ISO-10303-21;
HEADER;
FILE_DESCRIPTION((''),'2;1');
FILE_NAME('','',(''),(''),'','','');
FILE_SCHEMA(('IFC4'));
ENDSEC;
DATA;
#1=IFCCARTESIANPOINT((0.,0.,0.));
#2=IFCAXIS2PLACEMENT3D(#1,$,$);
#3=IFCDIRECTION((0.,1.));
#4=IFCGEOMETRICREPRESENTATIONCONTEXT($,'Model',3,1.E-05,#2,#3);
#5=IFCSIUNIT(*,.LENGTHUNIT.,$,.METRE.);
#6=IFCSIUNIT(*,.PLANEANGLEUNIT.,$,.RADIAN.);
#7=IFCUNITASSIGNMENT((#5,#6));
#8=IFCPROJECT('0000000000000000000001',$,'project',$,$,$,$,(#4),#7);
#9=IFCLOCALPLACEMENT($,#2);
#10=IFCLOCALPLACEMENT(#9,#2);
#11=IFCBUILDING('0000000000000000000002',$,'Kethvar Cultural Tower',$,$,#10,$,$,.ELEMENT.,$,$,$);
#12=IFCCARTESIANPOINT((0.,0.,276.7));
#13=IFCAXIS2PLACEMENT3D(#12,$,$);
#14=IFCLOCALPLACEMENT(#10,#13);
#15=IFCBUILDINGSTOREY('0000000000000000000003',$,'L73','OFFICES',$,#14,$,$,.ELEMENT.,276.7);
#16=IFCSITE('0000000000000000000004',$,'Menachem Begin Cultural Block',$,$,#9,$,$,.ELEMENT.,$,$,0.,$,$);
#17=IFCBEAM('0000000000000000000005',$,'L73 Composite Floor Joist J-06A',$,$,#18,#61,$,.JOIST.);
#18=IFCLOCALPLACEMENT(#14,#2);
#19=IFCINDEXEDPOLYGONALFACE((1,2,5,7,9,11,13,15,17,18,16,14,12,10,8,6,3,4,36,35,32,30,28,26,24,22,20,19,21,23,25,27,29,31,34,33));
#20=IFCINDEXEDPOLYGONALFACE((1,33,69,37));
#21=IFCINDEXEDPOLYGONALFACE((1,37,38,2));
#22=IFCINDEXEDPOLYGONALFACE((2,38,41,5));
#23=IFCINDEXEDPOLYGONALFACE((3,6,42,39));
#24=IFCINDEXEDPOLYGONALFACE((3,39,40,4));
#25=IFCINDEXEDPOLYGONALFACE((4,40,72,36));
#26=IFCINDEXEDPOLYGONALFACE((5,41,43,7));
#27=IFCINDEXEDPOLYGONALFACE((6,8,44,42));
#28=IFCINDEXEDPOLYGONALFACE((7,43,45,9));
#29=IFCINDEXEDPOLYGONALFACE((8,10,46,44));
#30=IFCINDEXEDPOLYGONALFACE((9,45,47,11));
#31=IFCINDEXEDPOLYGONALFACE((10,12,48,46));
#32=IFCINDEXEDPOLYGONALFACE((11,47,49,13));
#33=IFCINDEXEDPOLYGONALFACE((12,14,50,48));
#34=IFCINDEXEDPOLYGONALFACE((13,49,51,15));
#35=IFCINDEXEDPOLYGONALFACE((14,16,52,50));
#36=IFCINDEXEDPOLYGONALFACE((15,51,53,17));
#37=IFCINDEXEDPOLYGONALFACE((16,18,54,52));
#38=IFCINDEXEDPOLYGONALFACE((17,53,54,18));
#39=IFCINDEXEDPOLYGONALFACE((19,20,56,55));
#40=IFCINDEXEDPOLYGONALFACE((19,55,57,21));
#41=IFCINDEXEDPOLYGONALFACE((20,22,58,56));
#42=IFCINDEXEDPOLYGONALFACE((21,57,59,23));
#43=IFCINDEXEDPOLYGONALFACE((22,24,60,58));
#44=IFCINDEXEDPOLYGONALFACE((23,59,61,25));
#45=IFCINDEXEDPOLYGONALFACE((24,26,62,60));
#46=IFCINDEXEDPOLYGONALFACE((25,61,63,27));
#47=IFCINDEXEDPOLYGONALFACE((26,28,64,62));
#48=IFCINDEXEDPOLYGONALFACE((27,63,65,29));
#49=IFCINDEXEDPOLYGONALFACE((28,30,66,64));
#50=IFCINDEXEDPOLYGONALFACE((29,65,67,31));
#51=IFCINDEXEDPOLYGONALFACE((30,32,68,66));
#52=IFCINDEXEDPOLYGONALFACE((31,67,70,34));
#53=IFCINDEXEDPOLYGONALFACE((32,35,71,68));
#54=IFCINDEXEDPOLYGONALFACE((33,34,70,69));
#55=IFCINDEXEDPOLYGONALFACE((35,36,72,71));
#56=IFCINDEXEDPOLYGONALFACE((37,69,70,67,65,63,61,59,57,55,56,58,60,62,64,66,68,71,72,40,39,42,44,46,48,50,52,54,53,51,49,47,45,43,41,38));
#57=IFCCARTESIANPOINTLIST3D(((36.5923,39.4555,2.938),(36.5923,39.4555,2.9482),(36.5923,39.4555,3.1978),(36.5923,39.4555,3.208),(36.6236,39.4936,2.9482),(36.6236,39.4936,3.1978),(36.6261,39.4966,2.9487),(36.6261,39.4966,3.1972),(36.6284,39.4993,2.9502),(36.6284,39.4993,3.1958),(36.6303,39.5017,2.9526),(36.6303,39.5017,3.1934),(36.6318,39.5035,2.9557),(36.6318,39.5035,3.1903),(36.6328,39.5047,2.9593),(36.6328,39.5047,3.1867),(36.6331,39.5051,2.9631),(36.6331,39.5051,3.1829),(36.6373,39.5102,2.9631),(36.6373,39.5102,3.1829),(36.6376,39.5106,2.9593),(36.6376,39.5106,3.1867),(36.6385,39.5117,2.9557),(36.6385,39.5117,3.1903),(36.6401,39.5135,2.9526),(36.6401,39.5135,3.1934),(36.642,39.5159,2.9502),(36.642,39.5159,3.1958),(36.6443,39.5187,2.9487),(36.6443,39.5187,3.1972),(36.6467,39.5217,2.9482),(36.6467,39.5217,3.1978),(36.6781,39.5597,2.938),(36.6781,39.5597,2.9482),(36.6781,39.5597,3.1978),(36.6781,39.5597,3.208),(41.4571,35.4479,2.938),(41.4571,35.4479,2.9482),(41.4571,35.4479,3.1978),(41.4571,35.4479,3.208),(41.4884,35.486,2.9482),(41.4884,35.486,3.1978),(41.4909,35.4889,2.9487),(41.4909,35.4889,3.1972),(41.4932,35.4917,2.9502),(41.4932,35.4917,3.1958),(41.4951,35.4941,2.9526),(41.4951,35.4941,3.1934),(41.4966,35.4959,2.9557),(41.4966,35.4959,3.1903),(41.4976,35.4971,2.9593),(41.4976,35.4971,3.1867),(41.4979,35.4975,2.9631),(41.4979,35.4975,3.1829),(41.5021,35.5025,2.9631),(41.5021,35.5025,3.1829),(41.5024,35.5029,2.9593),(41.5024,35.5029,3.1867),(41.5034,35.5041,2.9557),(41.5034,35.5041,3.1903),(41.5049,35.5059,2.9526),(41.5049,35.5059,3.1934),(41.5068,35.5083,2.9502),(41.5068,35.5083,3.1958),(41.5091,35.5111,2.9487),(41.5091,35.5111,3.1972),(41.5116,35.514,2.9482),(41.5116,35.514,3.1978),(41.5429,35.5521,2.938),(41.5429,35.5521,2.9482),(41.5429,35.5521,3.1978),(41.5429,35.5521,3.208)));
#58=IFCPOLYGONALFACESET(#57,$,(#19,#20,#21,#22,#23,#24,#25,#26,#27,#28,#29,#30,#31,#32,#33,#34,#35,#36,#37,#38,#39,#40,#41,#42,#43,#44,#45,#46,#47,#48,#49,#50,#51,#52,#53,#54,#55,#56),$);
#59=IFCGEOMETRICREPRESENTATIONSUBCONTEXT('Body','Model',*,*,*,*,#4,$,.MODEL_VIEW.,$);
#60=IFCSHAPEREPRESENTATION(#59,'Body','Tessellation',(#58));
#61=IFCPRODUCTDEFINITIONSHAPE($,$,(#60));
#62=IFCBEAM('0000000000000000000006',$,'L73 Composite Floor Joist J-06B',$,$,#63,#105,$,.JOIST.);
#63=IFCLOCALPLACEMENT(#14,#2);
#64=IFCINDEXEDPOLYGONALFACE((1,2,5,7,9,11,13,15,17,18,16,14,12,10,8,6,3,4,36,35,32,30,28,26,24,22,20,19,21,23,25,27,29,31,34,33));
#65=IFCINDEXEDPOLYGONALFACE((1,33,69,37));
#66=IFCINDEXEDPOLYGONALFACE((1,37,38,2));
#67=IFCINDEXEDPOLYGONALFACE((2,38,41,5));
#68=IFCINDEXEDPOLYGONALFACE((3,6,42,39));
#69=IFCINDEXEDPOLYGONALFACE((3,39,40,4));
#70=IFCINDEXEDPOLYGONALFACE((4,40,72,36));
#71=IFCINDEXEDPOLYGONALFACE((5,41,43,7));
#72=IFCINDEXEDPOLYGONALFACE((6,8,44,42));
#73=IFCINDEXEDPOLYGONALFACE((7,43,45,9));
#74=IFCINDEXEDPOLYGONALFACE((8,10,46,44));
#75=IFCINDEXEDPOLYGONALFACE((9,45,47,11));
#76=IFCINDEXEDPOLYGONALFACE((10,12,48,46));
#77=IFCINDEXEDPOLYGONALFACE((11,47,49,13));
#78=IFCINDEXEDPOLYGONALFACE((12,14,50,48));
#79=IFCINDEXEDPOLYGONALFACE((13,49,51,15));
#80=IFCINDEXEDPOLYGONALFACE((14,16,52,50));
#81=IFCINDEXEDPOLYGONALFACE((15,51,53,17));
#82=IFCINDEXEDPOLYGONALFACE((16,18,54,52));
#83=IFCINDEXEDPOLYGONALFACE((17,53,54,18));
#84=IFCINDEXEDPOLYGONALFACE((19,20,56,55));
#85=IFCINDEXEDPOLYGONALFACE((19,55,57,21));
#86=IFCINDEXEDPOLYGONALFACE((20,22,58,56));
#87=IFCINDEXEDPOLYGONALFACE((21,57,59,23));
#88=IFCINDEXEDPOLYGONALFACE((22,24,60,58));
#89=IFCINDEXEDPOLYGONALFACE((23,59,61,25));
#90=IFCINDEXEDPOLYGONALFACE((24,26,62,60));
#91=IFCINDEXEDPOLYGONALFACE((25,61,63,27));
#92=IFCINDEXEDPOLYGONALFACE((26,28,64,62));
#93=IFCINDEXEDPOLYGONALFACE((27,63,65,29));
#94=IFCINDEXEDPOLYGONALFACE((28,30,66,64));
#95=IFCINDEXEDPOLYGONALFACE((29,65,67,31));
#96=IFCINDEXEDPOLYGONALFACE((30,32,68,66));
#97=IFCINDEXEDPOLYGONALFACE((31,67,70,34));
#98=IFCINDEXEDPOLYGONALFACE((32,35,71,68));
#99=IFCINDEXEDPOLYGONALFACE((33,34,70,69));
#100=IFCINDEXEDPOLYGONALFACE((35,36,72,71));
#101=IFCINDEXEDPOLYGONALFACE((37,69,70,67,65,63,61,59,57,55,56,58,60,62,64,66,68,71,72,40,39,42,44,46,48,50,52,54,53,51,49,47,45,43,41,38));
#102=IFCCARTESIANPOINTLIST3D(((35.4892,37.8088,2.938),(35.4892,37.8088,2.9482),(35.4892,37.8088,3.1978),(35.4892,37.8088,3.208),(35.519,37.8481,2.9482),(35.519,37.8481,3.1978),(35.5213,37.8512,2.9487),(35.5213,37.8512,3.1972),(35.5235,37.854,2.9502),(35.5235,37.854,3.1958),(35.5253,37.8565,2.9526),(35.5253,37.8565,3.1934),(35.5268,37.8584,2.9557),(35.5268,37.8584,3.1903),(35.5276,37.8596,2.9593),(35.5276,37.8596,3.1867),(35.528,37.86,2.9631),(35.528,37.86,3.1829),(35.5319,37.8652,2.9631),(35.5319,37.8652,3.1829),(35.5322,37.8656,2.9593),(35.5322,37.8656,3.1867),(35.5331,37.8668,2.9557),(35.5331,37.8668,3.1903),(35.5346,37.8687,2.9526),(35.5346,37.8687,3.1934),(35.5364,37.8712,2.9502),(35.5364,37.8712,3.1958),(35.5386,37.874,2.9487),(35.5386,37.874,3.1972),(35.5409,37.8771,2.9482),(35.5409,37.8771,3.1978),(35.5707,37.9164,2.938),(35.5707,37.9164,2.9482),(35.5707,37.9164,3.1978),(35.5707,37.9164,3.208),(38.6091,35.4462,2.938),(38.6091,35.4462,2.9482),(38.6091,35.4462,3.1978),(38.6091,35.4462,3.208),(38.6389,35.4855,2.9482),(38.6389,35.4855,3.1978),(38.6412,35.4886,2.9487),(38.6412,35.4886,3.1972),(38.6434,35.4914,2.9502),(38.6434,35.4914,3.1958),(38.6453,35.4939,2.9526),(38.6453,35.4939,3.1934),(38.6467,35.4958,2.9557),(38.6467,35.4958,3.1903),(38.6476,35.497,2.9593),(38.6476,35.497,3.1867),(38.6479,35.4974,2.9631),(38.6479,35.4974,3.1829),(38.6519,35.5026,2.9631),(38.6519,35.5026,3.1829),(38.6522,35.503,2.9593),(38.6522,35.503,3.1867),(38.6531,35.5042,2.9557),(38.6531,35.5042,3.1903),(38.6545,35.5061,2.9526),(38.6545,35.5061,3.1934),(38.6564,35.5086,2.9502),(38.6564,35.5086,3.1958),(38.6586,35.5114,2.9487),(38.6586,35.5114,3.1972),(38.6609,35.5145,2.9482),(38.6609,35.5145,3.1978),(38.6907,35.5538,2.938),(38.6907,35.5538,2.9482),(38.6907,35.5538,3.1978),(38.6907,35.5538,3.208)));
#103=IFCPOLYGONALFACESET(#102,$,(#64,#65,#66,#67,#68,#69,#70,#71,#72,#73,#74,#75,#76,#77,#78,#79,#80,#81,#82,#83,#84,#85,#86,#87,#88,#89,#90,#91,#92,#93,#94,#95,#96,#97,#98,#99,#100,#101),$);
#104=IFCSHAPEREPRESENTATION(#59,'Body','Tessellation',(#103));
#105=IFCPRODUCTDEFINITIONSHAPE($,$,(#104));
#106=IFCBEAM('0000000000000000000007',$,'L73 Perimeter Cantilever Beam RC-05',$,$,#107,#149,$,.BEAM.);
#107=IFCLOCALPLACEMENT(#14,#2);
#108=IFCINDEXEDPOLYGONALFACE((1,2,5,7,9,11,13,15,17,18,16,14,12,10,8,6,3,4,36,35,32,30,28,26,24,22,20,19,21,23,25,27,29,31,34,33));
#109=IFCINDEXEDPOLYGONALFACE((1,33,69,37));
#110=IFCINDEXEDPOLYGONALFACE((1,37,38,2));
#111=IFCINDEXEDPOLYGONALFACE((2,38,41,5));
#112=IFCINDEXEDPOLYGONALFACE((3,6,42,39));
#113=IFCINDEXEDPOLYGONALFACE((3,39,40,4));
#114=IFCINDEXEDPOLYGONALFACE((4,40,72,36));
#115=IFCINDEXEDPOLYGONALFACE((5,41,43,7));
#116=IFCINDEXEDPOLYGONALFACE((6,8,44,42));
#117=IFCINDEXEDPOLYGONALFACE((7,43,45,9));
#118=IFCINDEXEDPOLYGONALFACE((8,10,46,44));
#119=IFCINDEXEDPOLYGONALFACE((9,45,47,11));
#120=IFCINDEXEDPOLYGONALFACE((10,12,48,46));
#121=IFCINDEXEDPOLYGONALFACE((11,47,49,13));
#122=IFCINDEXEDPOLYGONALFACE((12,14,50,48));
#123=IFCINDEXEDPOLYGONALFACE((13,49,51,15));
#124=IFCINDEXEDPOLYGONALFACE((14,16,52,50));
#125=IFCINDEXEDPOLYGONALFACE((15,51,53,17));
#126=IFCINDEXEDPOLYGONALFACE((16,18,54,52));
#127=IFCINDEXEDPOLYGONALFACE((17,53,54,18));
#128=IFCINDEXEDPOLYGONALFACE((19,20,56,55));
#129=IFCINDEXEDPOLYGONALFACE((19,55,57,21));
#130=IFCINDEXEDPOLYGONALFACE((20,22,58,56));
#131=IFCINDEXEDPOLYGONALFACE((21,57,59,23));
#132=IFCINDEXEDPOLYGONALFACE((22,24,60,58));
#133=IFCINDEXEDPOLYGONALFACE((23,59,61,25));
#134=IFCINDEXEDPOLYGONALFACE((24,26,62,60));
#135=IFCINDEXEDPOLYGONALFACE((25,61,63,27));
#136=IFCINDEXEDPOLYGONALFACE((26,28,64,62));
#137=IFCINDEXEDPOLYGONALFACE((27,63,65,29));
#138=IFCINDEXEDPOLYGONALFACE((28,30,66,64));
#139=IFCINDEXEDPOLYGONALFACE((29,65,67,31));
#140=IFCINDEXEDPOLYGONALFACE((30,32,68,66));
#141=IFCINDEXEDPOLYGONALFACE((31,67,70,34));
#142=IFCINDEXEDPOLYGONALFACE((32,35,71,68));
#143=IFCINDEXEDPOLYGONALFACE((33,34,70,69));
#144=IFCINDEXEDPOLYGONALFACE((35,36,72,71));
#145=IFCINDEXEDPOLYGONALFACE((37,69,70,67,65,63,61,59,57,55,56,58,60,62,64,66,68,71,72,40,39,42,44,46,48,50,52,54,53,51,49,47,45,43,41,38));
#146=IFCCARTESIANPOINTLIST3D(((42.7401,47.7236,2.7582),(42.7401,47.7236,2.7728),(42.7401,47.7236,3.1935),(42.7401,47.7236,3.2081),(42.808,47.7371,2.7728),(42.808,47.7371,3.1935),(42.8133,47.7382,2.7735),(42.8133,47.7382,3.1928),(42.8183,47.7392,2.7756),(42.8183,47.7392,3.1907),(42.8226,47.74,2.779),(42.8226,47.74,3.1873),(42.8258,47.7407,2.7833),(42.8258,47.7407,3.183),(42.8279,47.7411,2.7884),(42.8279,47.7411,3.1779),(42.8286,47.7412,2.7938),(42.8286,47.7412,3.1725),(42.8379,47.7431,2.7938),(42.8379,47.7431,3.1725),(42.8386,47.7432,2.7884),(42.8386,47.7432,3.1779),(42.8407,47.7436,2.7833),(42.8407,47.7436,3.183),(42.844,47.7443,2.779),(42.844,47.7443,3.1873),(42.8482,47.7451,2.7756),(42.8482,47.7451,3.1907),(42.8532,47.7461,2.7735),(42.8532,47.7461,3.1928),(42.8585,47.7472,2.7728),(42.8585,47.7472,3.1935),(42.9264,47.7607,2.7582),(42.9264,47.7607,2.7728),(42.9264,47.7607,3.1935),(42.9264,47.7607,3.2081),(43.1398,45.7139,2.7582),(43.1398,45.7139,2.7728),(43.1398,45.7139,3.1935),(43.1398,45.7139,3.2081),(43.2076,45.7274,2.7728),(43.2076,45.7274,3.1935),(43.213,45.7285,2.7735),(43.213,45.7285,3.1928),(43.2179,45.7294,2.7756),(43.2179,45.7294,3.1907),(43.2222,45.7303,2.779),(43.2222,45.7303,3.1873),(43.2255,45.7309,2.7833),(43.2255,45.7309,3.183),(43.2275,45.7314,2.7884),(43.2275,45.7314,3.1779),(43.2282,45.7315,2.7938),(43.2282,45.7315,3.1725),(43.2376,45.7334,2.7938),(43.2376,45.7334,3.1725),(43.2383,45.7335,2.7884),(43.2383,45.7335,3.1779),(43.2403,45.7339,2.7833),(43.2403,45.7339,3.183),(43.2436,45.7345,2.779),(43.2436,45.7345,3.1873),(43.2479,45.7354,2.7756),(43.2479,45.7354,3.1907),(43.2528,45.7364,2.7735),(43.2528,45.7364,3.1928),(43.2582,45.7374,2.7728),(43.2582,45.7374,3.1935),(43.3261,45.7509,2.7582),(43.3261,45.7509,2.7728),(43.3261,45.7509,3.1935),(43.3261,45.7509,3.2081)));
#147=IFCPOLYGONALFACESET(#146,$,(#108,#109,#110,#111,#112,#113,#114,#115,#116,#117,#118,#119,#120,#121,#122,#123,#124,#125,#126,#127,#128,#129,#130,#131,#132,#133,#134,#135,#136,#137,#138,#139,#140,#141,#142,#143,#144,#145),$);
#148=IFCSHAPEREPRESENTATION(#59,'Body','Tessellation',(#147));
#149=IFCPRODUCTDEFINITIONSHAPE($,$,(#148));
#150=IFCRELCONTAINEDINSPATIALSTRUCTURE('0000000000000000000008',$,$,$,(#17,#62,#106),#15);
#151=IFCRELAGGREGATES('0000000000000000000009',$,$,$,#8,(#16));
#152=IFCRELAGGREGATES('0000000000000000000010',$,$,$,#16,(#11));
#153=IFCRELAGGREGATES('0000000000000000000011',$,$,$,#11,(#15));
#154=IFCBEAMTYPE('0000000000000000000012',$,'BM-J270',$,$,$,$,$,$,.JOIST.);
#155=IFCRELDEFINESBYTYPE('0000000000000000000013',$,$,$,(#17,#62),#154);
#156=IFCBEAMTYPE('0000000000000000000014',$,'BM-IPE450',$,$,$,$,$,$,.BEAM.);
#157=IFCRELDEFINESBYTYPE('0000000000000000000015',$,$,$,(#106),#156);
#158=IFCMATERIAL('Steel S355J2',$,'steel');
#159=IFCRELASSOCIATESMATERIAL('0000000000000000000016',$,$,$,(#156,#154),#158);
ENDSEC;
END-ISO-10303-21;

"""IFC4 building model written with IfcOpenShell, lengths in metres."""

from ifc_helpers import new_model, si_unit, direction, frame, origin, origin_2d, place, context, subcontext, project, spatial, i_section, extrude, source, transform, mapped, material, material_profile, profile_set, type_object, element, save


model = new_model("IFC4")

# Units and contexts
model_context = context("Model", 3, precision=1e-05, world=origin(), true_north=direction((0.0, 1.0)))
body_context = subcontext(model_context, "Body", "Model", "MODEL_VIEW")
ifc_project = project(units=[si_unit("LENGTHUNIT", "METRE"), si_unit("PLANEANGLEUNIT", "RADIAN")], contexts=[model_context])

# Site, building, storey
site_placement = place(None, origin())
site = spatial("IfcSite", under=ifc_project, at=site_placement, Name="Menachem Begin Cultural Block", CompositionType="ELEMENT", RefElevation=0.0)
building_placement = place(site_placement, origin())
building = spatial("IfcBuilding", under=site, at=building_placement, Name="Kethvar Cultural Tower", CompositionType="ELEMENT")
storey_placement = place(building_placement, frame((0.0, 0.0, 276.7)))
storey = spatial("IfcBuildingStorey", under=building, at=storey_placement, Name="L73", Description="OFFICES", CompositionType="ELEMENT", Elevation=276.7)

# Shared definitions
ifc_material_1 = material(Name="Steel S355J2", Category="steel")

# Beams
ifc_material_profile_1 = material_profile(ifc_material_1, i_section(OverallWidth=0.1899, OverallDepth=0.45, WebThickness=0.0095, FlangeThickness=0.0146, FilletRadius=0.021, at=origin_2d()), Name="Steel S355J2 — IPE450")
ifc_profile_set_1 = profile_set([ifc_material_profile_1], Name="Steel S355J2 — IPE450")
beam_type_1 = type_object("IfcBeamType", Name="BM-IPE450", PredefinedType="BEAM", material=ifc_profile_set_1)
ifc_material_profile_2 = material_profile(ifc_material_1, i_section(OverallWidth=0.135, OverallDepth=0.27, WebThickness=0.0066, FlangeThickness=0.0103, FilletRadius=0.0149, at=origin_2d()), Name="Steel S355J2 — IPE270")
ifc_profile_set_2 = profile_set([ifc_material_profile_2], Name="Steel S355J2 — IPE270")
beam_type_2 = type_object("IfcBeamType", Name="BM-J270", PredefinedType="JOIST", material=ifc_profile_set_2)
shared_shape_1 = source(origin(), body_context, "Body", "SweptSolid", [
    extrude(i_section(OverallWidth=0.135, OverallDepth=0.27, WebThickness=0.0066, FlangeThickness=0.0103, FilletRadius=0.0149, at=origin_2d()), origin(), (0.0, 0.0, 1.0), 6.303),
])
beam_1_placement = place(storey_placement, frame((41.5, 35.5, 3.073), z_axis=(-0.771828, 0.635831, 0.0), x_axis=(-0.635831, -0.771828, 0.0)))
element("IfcBeam", 1, at=beam_1_placement, inside=storey, type_object=beam_type_2, Name="L73 Composite Floor Joist J-06A", PredefinedType="JOIST", context=body_context, shape_type="MappedRepresentation", body=[
    mapped(shared_shape_1, transform((0.0, 0.0, 0.0), scale=1.0)),
])
shared_shape_2 = source(origin(), body_context, "Body", "SweptSolid", [
    extrude(i_section(OverallWidth=0.135, OverallDepth=0.27, WebThickness=0.0066, FlangeThickness=0.0103, FilletRadius=0.0149, at=origin_2d()), origin(), (0.0, 0.0, 1.0), 3.9136),
])
beam_2_placement = place(storey_placement, frame((38.6499, 35.5, 3.073), z_axis=(-0.797214, 0.603697, 0.0), x_axis=(-0.603697, -0.797214, 0.0)))
element("IfcBeam", 2, at=beam_2_placement, inside=storey, type_object=beam_type_2, Name="L73 Composite Floor Joist J-06B", PredefinedType="JOIST", context=body_context, shape_type="MappedRepresentation", body=[
    mapped(shared_shape_2, transform((0.0, 0.0, 0.0), scale=1.0)),
])
shared_shape_3 = source(origin(), body_context, "Body", "SweptSolid", [
    extrude(i_section(OverallWidth=0.1899, OverallDepth=0.45, WebThickness=0.0095, FlangeThickness=0.0146, FilletRadius=0.021, at=origin_2d()), origin(), (0.0, 0.0, 1.0), 2.0491),
])
beam_3_placement = place(storey_placement, frame((43.2329, 45.7324, 2.9832), z_axis=(-0.195039, 0.980795, 0.0), x_axis=(-0.980795, -0.195039, 0.0)))
element("IfcBeam", 3, at=beam_3_placement, inside=storey, type_object=beam_type_1, Name="L73 Perimeter Cantilever Beam RC-05", PredefinedType="BEAM", context=body_context, shape_type="MappedRepresentation", body=[
    mapped(shared_shape_3, transform((0.0, 0.0, 0.0), scale=1.0)),
])

save(model, "model.ifc")
